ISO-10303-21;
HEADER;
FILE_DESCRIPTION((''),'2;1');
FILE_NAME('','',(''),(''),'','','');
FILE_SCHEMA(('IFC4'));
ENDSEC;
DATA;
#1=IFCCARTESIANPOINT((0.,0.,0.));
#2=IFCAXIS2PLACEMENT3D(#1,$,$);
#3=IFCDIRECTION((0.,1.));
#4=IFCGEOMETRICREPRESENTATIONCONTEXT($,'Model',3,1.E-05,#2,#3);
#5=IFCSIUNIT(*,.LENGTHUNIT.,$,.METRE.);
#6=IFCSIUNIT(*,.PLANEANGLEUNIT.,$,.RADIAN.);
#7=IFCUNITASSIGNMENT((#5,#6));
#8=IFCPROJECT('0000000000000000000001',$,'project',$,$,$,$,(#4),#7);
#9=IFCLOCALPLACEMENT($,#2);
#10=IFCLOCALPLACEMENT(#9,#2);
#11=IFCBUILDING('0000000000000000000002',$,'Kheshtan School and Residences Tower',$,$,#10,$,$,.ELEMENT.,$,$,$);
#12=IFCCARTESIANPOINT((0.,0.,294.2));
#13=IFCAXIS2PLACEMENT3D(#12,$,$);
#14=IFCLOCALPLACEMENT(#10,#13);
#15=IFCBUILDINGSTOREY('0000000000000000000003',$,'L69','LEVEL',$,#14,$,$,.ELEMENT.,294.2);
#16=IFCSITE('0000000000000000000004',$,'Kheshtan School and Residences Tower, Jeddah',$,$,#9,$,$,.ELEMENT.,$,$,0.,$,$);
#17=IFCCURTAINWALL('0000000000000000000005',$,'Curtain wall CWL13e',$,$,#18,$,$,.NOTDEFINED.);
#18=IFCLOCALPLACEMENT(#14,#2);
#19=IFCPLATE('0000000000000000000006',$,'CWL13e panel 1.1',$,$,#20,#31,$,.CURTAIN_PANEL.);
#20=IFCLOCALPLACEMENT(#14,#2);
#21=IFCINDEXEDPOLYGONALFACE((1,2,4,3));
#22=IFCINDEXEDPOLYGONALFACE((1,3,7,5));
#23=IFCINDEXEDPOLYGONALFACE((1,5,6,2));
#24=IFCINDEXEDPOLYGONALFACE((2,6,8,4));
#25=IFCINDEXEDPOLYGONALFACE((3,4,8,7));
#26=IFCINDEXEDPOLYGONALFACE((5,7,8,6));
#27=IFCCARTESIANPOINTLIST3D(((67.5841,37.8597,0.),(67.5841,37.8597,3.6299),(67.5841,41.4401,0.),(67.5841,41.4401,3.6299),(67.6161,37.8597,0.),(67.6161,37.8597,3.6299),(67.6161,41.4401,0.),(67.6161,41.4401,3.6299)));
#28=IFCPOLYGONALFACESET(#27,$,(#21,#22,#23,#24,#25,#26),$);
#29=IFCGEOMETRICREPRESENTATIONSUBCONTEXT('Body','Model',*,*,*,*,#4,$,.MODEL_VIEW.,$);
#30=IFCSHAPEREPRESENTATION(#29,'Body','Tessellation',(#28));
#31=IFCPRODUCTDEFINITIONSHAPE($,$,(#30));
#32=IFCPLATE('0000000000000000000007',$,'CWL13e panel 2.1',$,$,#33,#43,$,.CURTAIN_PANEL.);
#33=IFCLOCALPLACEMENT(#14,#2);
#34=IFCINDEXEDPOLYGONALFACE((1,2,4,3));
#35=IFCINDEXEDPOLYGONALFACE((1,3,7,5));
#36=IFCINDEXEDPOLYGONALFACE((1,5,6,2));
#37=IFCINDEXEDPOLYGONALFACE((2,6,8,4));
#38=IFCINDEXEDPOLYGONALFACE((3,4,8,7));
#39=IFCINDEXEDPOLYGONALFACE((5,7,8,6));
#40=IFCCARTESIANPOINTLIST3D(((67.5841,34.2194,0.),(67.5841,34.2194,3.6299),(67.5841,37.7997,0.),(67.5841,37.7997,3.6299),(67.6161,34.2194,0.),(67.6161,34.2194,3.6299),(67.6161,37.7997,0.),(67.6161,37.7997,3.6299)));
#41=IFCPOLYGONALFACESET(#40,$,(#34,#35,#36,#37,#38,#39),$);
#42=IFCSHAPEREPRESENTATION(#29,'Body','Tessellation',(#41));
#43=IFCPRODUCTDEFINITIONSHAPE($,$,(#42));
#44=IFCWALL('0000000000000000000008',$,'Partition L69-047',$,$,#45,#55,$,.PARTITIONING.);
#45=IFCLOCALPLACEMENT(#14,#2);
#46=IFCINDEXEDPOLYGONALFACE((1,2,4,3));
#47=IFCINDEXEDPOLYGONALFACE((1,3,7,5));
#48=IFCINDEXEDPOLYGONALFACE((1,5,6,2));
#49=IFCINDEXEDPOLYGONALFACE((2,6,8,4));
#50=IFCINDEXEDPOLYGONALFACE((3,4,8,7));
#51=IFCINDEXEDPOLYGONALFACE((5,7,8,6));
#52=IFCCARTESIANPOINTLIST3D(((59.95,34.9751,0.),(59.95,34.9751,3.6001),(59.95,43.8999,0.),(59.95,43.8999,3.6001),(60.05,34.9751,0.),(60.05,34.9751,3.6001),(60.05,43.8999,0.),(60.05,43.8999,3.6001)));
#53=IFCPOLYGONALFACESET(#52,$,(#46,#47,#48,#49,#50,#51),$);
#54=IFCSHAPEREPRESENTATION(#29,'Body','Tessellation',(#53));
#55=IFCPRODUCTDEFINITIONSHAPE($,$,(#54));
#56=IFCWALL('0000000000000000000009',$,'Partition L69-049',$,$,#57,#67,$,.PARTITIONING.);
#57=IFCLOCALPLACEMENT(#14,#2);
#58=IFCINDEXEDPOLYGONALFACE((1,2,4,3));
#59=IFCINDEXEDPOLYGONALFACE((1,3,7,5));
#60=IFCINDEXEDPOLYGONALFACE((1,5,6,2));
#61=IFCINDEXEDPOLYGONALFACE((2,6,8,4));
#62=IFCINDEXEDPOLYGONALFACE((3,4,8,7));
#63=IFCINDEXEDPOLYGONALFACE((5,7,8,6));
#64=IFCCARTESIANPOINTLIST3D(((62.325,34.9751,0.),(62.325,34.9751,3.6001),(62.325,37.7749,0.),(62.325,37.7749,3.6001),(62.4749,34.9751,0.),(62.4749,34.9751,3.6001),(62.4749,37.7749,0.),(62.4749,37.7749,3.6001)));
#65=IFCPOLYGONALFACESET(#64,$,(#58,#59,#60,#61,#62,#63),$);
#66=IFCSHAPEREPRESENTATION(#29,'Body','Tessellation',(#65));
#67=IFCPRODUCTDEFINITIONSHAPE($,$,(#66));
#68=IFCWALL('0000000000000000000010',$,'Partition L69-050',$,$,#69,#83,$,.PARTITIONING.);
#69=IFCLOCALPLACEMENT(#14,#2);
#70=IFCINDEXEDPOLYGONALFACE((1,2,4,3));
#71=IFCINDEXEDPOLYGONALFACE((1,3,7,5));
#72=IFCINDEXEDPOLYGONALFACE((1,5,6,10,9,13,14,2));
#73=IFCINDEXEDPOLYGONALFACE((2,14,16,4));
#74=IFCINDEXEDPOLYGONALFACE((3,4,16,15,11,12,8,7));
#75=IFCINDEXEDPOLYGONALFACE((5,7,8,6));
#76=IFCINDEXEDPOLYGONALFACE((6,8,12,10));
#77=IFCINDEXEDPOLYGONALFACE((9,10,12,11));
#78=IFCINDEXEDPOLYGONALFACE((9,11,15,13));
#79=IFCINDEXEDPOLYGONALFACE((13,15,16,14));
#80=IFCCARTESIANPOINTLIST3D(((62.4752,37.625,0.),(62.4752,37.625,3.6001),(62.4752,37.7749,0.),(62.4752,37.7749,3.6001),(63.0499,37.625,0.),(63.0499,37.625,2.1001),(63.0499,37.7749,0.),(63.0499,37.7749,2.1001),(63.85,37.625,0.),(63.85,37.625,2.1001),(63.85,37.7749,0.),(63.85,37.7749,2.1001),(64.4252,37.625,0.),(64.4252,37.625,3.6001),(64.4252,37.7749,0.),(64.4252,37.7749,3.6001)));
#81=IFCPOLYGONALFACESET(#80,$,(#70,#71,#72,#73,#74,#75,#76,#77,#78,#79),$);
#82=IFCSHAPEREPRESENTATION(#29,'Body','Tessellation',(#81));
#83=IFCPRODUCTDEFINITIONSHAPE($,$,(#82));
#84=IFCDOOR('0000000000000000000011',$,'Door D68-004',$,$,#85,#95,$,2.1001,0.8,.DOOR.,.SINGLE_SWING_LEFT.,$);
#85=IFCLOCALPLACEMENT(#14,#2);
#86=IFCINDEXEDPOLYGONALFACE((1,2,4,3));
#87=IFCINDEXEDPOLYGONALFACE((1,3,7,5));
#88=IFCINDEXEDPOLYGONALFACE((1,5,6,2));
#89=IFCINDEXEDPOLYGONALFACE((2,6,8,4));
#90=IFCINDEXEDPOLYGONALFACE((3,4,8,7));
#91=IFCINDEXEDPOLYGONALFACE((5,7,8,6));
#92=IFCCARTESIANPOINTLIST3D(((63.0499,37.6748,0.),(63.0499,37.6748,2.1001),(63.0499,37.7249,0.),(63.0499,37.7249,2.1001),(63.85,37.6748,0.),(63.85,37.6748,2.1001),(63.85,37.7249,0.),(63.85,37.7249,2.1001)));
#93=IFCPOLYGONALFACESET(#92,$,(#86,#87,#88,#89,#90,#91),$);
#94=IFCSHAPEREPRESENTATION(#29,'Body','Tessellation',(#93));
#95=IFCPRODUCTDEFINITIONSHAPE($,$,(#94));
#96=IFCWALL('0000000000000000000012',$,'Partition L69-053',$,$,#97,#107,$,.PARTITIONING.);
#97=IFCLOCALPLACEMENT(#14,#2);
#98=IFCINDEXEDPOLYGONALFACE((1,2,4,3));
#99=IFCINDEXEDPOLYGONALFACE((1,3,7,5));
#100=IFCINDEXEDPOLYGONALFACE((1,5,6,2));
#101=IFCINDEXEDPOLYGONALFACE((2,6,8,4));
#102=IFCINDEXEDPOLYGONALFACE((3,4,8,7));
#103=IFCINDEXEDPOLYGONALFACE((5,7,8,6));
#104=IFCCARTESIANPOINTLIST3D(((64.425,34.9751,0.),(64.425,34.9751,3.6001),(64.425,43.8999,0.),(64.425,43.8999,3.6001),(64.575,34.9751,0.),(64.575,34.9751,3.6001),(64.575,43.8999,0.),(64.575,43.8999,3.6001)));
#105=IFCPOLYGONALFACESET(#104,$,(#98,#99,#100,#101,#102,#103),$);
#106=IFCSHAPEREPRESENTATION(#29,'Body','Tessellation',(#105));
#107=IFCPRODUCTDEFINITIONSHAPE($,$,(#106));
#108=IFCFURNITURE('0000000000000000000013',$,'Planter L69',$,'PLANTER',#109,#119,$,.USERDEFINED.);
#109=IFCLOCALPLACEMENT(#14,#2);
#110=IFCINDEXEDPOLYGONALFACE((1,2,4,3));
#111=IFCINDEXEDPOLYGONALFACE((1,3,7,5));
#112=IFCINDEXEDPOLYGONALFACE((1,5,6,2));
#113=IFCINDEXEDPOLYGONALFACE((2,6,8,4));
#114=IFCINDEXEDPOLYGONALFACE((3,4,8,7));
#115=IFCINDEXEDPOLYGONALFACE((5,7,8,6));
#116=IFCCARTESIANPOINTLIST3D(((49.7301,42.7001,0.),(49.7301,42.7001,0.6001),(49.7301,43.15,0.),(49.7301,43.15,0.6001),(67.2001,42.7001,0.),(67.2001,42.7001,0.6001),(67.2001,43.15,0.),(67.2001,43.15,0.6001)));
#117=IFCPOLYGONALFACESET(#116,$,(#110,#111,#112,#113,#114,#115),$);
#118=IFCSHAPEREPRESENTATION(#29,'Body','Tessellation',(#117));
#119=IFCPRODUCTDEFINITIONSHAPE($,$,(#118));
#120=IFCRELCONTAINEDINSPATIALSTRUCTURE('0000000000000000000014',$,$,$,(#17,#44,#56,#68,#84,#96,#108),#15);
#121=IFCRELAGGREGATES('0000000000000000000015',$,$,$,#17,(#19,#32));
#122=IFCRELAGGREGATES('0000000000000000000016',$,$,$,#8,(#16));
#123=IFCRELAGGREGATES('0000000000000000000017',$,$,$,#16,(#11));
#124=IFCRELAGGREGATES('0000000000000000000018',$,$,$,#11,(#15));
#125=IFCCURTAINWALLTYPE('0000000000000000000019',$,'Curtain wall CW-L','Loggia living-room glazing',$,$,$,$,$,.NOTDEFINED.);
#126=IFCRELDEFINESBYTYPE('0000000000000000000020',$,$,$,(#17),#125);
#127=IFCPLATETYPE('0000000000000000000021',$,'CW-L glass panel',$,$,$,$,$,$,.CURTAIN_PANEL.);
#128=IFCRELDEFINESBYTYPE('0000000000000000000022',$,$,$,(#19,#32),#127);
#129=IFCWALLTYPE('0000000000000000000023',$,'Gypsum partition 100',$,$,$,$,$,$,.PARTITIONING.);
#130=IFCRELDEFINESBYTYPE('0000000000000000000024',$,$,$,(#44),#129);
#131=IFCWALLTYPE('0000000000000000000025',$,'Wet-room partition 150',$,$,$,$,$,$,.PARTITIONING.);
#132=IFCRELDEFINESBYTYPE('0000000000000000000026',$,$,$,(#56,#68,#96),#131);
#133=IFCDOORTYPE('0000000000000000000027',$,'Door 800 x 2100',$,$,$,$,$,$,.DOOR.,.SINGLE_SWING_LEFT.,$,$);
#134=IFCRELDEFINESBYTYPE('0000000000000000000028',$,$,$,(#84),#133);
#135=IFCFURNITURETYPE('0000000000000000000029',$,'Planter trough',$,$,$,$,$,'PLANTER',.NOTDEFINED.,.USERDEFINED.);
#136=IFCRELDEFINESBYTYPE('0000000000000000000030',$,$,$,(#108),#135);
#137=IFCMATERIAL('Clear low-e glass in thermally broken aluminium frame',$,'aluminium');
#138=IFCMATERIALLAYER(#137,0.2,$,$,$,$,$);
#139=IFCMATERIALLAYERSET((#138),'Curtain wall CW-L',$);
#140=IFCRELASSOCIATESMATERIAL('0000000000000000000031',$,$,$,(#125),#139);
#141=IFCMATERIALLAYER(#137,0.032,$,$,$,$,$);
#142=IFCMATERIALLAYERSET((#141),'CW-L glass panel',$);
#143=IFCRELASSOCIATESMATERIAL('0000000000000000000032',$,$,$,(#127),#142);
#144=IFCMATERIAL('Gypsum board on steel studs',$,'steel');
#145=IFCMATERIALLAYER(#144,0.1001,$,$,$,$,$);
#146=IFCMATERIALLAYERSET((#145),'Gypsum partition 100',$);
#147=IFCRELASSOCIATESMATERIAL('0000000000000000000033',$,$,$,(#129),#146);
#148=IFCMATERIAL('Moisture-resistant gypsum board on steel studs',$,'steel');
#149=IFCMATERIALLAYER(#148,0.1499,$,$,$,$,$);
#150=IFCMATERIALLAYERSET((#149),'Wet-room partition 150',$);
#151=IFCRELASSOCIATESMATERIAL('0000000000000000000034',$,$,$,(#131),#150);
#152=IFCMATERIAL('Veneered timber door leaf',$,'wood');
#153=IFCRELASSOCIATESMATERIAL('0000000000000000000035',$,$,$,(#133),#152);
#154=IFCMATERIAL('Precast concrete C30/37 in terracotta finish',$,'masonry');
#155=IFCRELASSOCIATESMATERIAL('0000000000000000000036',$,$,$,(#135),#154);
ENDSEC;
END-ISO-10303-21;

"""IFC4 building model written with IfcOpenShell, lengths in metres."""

from ifc_helpers import new_model, si_unit, direction, frame, frame_2d, origin, origin_2d, place, context, subcontext, project, spatial, rectangle, extrude, source, transform, mapped, material, layer, layer_set, type_object, element, fill, aggregate, save


model = new_model("IFC4")

# Units and contexts
model_context = context("Model", 3, precision=1e-05, world=origin(), true_north=direction((0.0, 1.0)))
body_context = subcontext(model_context, "Body", "Model", "MODEL_VIEW")
ifc_project = project(units=[si_unit("LENGTHUNIT", "METRE"), si_unit("PLANEANGLEUNIT", "RADIAN")], contexts=[model_context])

# Site, building, storey
site_placement = place(None, origin())
site = spatial("IfcSite", under=ifc_project, at=site_placement, Name="Kheshtan School and Residences Tower, Jeddah", CompositionType="ELEMENT", RefElevation=0.0)
building_placement = place(site_placement, origin())
building = spatial("IfcBuilding", under=site, at=building_placement, Name="Kheshtan School and Residences Tower", CompositionType="ELEMENT")
storey_placement = place(building_placement, frame((0.0, 0.0, 294.2)))
storey = spatial("IfcBuildingStorey", under=building, at=storey_placement, Name="L69", Description="LEVEL", CompositionType="ELEMENT", Elevation=294.2)

# Curtain wall
ifc_material_1 = material(Name="Clear low-e glass in thermally broken aluminium frame", Category="aluminium")
ifc_layer_1 = layer(ifc_material_1, 0.2)
ifc_layer_set_1 = layer_set([ifc_layer_1], Name="Curtain wall CW-L")
curtain_wall_type = type_object("IfcCurtainWallType", Name="Curtain wall CW-L", Description="Loggia living-room glazing", PredefinedType="NOTDEFINED", material=ifc_layer_set_1)
curtain_wall_1_placement = place(storey_placement, origin())
curtain_wall_1 = element("IfcCurtainWall", 1, at=curtain_wall_1_placement, inside=storey, type_object=curtain_wall_type, Name="Curtain wall CWL13e", PredefinedType="NOTDEFINED")

# Plates
ifc_layer_2 = layer(ifc_material_1, 0.032)
ifc_layer_set_2 = layer_set([ifc_layer_2], Name="CW-L glass panel")
plate_type = type_object("IfcPlateType", Name="CW-L glass panel", PredefinedType="CURTAIN_PANEL", material=ifc_layer_set_2)
plate_1_placement = place(storey_placement, frame((67.6001, 39.6499, 0.0), z_axis=(0.0, 0.0, 1.0), x_axis=(0.0, -1.0, 0.0)))
plate_1 = element("IfcPlate", 2, at=plate_1_placement, type_object=plate_type, Name="CWL13e panel 1.1", PredefinedType="CURTAIN_PANEL", context=body_context, shape_type="SweptSolid", body=[
    extrude(rectangle(XDim=3.5803, YDim=0.032, at=origin_2d()), origin(), (0.0, 0.0, 1.0), 3.6299),
])
plate_2_placement = place(storey_placement, frame((67.6001, 36.0095, 0.0), z_axis=(0.0, 0.0, 1.0), x_axis=(0.0, -1.0, 0.0)))
plate_2 = element("IfcPlate", 3, at=plate_2_placement, type_object=plate_type, Name="CWL13e panel 2.1", PredefinedType="CURTAIN_PANEL", context=body_context, shape_type="SweptSolid", body=[
    extrude(rectangle(XDim=3.5803, YDim=0.032, at=origin_2d()), origin(), (0.0, 0.0, 1.0), 3.6299),
])
aggregate(curtain_wall_1, [plate_1, plate_2])

# Walls
ifc_material_2 = material(Name="Gypsum board on steel studs", Category="steel")
ifc_layer_3 = layer(ifc_material_2, 0.1001)
ifc_layer_set_3 = layer_set([ifc_layer_3], Name="Gypsum partition 100")
wall_type_1 = type_object("IfcWallType", Name="Gypsum partition 100", PredefinedType="PARTITIONING", material=ifc_layer_set_3)
wall_1_placement = place(storey_placement, frame((60.0, 34.9751, 0.0), z_axis=(0.0, 0.0, 1.0), x_axis=(0.0, 1.0, 0.0)))
element("IfcWall", 4, at=wall_1_placement, inside=storey, type_object=wall_type_1, Name="Partition L69-047", PredefinedType="PARTITIONING", context=body_context, shape_type="SweptSolid", body=[
    extrude(rectangle(XDim=8.9248, YDim=0.1001, at=frame_2d((4.4624, 0.0))), origin(), (0.0, 0.0, 1.0), 3.6001),
])
ifc_material_3 = material(Name="Moisture-resistant gypsum board on steel studs", Category="steel")
ifc_layer_4 = layer(ifc_material_3, 0.1499)
ifc_layer_set_4 = layer_set([ifc_layer_4], Name="Wet-room partition 150")
wall_type_2 = type_object("IfcWallType", Name="Wet-room partition 150", PredefinedType="PARTITIONING", material=ifc_layer_set_4)
wall_2_placement = place(storey_placement, frame((62.3999, 34.9751, 0.0), z_axis=(0.0, 0.0, 1.0), x_axis=(0.0, 1.0, 0.0)))
element("IfcWall", 5, at=wall_2_placement, inside=storey, type_object=wall_type_2, Name="Partition L69-049", PredefinedType="PARTITIONING", context=body_context, shape_type="SweptSolid", body=[
    extrude(rectangle(XDim=2.7998, YDim=0.1499, at=frame_2d((1.3999, 0.0))), origin(), (0.0, 0.0, 1.0), 3.6001),
])

# Wall, opening, door
wall_3_placement = place(storey_placement, frame((62.4751, 37.7, 0.0), z_axis=(0.0, 0.0, 1.0), x_axis=(1.0, 0.0, 0.0)))
wall_3 = element("IfcWall", 6, at=wall_3_placement, inside=storey, type_object=wall_type_2, Name="Partition L69-050", PredefinedType="PARTITIONING", context=body_context, shape_type="SweptSolid", body=[
    extrude(rectangle(XDim=1.95, YDim=0.1499, at=frame_2d((0.9751, 0.0))), origin(), (0.0, 0.0, 1.0), 3.6001),
])
opening_1_placement = place(wall_3_placement, frame((0.575, 0.0, 0.0)))
opening_1 = element("IfcOpeningElement", 7, at=opening_1_placement, cuts=wall_3, PredefinedType="OPENING", context=body_context, shape_type="SweptSolid", body=[
    extrude(rectangle(XDim=0.8, YDim=2.1001, at=frame_2d((0.3999, 1.05))), frame((0.0, 0.085, 0.0), z_axis=(0.0, -1.0, 0.0), x_axis=(1.0, 0.0, 0.0)), (0.0, 0.0, 1.0), 0.1699),
])
ifc_material_4 = material(Name="Veneered timber door leaf", Category="wood")
door_type_1 = type_object("IfcDoorType", Name="Door 800 x 2100", OperationType="SINGLE_SWING_LEFT", PredefinedType="DOOR", material=ifc_material_4)
shared_shape_1 = source(origin(), body_context, "Body", "SweptSolid", [
    extrude(rectangle(XDim=0.8, YDim=2.1001, at=frame_2d((0.3999, 1.05))), frame((0.0, 0.0249, 0.0), z_axis=(0.0, -1.0, 0.0), x_axis=(1.0, 0.0, 0.0)), (0.0, 0.0, 1.0), 0.05),
])
door_1_placement = place(opening_1_placement, origin())
door_1 = element("IfcDoor", 8, at=door_1_placement, inside=storey, type_object=door_type_1, Name="Door D68-004", OperationType="SINGLE_SWING_LEFT", OverallHeight=2.1001, OverallWidth=0.8, PredefinedType="DOOR", context=body_context, shape_type="MappedRepresentation", body=[
    mapped(shared_shape_1, transform((0.0, 0.0, 0.0), x_axis=(1.0, 0.0, 0.0), y_axis=(0.0, 1.0, 0.0), z_axis=(0.0, 0.0, 1.0), scale=1.0)),
])
fill(opening_1, door_1)

# Wall
wall_4_placement = place(storey_placement, frame((64.5, 34.9751, 0.0), z_axis=(0.0, 0.0, 1.0), x_axis=(0.0, 1.0, 0.0)))
element("IfcWall", 9, at=wall_4_placement, inside=storey, type_object=wall_type_2, Name="Partition L69-053", PredefinedType="PARTITIONING", context=body_context, shape_type="SweptSolid", body=[
    extrude(rectangle(XDim=8.9248, YDim=0.1499, at=frame_2d((4.4624, 0.0))), origin(), (0.0, 0.0, 1.0), 3.6001),
])

# Furniture
ifc_material_5 = material(Name="Precast concrete C30/37 in terracotta finish", Category="masonry")
furniture_type = type_object("IfcFurnitureType", Name="Planter trough", ElementType="PLANTER", AssemblyPlace="NOTDEFINED", PredefinedType="USERDEFINED", material=ifc_material_5)
furniture_placement = place(storey_placement, frame((58.4651, 42.925, 0.0), z_axis=(0.0, 0.0, 1.0), x_axis=(1.0, 0.0, 0.0)))
element("IfcFurniture", 10, at=furniture_placement, inside=storey, type_object=furniture_type, Name="Planter L69", ObjectType="PLANTER", PredefinedType="USERDEFINED", context=body_context, shape_type="SweptSolid", body=[
    extrude(rectangle(XDim=17.47, YDim=0.45, at=origin_2d()), origin(), (0.0, 0.0, 1.0), 0.6001),
])

save(model, "model.ifc")
